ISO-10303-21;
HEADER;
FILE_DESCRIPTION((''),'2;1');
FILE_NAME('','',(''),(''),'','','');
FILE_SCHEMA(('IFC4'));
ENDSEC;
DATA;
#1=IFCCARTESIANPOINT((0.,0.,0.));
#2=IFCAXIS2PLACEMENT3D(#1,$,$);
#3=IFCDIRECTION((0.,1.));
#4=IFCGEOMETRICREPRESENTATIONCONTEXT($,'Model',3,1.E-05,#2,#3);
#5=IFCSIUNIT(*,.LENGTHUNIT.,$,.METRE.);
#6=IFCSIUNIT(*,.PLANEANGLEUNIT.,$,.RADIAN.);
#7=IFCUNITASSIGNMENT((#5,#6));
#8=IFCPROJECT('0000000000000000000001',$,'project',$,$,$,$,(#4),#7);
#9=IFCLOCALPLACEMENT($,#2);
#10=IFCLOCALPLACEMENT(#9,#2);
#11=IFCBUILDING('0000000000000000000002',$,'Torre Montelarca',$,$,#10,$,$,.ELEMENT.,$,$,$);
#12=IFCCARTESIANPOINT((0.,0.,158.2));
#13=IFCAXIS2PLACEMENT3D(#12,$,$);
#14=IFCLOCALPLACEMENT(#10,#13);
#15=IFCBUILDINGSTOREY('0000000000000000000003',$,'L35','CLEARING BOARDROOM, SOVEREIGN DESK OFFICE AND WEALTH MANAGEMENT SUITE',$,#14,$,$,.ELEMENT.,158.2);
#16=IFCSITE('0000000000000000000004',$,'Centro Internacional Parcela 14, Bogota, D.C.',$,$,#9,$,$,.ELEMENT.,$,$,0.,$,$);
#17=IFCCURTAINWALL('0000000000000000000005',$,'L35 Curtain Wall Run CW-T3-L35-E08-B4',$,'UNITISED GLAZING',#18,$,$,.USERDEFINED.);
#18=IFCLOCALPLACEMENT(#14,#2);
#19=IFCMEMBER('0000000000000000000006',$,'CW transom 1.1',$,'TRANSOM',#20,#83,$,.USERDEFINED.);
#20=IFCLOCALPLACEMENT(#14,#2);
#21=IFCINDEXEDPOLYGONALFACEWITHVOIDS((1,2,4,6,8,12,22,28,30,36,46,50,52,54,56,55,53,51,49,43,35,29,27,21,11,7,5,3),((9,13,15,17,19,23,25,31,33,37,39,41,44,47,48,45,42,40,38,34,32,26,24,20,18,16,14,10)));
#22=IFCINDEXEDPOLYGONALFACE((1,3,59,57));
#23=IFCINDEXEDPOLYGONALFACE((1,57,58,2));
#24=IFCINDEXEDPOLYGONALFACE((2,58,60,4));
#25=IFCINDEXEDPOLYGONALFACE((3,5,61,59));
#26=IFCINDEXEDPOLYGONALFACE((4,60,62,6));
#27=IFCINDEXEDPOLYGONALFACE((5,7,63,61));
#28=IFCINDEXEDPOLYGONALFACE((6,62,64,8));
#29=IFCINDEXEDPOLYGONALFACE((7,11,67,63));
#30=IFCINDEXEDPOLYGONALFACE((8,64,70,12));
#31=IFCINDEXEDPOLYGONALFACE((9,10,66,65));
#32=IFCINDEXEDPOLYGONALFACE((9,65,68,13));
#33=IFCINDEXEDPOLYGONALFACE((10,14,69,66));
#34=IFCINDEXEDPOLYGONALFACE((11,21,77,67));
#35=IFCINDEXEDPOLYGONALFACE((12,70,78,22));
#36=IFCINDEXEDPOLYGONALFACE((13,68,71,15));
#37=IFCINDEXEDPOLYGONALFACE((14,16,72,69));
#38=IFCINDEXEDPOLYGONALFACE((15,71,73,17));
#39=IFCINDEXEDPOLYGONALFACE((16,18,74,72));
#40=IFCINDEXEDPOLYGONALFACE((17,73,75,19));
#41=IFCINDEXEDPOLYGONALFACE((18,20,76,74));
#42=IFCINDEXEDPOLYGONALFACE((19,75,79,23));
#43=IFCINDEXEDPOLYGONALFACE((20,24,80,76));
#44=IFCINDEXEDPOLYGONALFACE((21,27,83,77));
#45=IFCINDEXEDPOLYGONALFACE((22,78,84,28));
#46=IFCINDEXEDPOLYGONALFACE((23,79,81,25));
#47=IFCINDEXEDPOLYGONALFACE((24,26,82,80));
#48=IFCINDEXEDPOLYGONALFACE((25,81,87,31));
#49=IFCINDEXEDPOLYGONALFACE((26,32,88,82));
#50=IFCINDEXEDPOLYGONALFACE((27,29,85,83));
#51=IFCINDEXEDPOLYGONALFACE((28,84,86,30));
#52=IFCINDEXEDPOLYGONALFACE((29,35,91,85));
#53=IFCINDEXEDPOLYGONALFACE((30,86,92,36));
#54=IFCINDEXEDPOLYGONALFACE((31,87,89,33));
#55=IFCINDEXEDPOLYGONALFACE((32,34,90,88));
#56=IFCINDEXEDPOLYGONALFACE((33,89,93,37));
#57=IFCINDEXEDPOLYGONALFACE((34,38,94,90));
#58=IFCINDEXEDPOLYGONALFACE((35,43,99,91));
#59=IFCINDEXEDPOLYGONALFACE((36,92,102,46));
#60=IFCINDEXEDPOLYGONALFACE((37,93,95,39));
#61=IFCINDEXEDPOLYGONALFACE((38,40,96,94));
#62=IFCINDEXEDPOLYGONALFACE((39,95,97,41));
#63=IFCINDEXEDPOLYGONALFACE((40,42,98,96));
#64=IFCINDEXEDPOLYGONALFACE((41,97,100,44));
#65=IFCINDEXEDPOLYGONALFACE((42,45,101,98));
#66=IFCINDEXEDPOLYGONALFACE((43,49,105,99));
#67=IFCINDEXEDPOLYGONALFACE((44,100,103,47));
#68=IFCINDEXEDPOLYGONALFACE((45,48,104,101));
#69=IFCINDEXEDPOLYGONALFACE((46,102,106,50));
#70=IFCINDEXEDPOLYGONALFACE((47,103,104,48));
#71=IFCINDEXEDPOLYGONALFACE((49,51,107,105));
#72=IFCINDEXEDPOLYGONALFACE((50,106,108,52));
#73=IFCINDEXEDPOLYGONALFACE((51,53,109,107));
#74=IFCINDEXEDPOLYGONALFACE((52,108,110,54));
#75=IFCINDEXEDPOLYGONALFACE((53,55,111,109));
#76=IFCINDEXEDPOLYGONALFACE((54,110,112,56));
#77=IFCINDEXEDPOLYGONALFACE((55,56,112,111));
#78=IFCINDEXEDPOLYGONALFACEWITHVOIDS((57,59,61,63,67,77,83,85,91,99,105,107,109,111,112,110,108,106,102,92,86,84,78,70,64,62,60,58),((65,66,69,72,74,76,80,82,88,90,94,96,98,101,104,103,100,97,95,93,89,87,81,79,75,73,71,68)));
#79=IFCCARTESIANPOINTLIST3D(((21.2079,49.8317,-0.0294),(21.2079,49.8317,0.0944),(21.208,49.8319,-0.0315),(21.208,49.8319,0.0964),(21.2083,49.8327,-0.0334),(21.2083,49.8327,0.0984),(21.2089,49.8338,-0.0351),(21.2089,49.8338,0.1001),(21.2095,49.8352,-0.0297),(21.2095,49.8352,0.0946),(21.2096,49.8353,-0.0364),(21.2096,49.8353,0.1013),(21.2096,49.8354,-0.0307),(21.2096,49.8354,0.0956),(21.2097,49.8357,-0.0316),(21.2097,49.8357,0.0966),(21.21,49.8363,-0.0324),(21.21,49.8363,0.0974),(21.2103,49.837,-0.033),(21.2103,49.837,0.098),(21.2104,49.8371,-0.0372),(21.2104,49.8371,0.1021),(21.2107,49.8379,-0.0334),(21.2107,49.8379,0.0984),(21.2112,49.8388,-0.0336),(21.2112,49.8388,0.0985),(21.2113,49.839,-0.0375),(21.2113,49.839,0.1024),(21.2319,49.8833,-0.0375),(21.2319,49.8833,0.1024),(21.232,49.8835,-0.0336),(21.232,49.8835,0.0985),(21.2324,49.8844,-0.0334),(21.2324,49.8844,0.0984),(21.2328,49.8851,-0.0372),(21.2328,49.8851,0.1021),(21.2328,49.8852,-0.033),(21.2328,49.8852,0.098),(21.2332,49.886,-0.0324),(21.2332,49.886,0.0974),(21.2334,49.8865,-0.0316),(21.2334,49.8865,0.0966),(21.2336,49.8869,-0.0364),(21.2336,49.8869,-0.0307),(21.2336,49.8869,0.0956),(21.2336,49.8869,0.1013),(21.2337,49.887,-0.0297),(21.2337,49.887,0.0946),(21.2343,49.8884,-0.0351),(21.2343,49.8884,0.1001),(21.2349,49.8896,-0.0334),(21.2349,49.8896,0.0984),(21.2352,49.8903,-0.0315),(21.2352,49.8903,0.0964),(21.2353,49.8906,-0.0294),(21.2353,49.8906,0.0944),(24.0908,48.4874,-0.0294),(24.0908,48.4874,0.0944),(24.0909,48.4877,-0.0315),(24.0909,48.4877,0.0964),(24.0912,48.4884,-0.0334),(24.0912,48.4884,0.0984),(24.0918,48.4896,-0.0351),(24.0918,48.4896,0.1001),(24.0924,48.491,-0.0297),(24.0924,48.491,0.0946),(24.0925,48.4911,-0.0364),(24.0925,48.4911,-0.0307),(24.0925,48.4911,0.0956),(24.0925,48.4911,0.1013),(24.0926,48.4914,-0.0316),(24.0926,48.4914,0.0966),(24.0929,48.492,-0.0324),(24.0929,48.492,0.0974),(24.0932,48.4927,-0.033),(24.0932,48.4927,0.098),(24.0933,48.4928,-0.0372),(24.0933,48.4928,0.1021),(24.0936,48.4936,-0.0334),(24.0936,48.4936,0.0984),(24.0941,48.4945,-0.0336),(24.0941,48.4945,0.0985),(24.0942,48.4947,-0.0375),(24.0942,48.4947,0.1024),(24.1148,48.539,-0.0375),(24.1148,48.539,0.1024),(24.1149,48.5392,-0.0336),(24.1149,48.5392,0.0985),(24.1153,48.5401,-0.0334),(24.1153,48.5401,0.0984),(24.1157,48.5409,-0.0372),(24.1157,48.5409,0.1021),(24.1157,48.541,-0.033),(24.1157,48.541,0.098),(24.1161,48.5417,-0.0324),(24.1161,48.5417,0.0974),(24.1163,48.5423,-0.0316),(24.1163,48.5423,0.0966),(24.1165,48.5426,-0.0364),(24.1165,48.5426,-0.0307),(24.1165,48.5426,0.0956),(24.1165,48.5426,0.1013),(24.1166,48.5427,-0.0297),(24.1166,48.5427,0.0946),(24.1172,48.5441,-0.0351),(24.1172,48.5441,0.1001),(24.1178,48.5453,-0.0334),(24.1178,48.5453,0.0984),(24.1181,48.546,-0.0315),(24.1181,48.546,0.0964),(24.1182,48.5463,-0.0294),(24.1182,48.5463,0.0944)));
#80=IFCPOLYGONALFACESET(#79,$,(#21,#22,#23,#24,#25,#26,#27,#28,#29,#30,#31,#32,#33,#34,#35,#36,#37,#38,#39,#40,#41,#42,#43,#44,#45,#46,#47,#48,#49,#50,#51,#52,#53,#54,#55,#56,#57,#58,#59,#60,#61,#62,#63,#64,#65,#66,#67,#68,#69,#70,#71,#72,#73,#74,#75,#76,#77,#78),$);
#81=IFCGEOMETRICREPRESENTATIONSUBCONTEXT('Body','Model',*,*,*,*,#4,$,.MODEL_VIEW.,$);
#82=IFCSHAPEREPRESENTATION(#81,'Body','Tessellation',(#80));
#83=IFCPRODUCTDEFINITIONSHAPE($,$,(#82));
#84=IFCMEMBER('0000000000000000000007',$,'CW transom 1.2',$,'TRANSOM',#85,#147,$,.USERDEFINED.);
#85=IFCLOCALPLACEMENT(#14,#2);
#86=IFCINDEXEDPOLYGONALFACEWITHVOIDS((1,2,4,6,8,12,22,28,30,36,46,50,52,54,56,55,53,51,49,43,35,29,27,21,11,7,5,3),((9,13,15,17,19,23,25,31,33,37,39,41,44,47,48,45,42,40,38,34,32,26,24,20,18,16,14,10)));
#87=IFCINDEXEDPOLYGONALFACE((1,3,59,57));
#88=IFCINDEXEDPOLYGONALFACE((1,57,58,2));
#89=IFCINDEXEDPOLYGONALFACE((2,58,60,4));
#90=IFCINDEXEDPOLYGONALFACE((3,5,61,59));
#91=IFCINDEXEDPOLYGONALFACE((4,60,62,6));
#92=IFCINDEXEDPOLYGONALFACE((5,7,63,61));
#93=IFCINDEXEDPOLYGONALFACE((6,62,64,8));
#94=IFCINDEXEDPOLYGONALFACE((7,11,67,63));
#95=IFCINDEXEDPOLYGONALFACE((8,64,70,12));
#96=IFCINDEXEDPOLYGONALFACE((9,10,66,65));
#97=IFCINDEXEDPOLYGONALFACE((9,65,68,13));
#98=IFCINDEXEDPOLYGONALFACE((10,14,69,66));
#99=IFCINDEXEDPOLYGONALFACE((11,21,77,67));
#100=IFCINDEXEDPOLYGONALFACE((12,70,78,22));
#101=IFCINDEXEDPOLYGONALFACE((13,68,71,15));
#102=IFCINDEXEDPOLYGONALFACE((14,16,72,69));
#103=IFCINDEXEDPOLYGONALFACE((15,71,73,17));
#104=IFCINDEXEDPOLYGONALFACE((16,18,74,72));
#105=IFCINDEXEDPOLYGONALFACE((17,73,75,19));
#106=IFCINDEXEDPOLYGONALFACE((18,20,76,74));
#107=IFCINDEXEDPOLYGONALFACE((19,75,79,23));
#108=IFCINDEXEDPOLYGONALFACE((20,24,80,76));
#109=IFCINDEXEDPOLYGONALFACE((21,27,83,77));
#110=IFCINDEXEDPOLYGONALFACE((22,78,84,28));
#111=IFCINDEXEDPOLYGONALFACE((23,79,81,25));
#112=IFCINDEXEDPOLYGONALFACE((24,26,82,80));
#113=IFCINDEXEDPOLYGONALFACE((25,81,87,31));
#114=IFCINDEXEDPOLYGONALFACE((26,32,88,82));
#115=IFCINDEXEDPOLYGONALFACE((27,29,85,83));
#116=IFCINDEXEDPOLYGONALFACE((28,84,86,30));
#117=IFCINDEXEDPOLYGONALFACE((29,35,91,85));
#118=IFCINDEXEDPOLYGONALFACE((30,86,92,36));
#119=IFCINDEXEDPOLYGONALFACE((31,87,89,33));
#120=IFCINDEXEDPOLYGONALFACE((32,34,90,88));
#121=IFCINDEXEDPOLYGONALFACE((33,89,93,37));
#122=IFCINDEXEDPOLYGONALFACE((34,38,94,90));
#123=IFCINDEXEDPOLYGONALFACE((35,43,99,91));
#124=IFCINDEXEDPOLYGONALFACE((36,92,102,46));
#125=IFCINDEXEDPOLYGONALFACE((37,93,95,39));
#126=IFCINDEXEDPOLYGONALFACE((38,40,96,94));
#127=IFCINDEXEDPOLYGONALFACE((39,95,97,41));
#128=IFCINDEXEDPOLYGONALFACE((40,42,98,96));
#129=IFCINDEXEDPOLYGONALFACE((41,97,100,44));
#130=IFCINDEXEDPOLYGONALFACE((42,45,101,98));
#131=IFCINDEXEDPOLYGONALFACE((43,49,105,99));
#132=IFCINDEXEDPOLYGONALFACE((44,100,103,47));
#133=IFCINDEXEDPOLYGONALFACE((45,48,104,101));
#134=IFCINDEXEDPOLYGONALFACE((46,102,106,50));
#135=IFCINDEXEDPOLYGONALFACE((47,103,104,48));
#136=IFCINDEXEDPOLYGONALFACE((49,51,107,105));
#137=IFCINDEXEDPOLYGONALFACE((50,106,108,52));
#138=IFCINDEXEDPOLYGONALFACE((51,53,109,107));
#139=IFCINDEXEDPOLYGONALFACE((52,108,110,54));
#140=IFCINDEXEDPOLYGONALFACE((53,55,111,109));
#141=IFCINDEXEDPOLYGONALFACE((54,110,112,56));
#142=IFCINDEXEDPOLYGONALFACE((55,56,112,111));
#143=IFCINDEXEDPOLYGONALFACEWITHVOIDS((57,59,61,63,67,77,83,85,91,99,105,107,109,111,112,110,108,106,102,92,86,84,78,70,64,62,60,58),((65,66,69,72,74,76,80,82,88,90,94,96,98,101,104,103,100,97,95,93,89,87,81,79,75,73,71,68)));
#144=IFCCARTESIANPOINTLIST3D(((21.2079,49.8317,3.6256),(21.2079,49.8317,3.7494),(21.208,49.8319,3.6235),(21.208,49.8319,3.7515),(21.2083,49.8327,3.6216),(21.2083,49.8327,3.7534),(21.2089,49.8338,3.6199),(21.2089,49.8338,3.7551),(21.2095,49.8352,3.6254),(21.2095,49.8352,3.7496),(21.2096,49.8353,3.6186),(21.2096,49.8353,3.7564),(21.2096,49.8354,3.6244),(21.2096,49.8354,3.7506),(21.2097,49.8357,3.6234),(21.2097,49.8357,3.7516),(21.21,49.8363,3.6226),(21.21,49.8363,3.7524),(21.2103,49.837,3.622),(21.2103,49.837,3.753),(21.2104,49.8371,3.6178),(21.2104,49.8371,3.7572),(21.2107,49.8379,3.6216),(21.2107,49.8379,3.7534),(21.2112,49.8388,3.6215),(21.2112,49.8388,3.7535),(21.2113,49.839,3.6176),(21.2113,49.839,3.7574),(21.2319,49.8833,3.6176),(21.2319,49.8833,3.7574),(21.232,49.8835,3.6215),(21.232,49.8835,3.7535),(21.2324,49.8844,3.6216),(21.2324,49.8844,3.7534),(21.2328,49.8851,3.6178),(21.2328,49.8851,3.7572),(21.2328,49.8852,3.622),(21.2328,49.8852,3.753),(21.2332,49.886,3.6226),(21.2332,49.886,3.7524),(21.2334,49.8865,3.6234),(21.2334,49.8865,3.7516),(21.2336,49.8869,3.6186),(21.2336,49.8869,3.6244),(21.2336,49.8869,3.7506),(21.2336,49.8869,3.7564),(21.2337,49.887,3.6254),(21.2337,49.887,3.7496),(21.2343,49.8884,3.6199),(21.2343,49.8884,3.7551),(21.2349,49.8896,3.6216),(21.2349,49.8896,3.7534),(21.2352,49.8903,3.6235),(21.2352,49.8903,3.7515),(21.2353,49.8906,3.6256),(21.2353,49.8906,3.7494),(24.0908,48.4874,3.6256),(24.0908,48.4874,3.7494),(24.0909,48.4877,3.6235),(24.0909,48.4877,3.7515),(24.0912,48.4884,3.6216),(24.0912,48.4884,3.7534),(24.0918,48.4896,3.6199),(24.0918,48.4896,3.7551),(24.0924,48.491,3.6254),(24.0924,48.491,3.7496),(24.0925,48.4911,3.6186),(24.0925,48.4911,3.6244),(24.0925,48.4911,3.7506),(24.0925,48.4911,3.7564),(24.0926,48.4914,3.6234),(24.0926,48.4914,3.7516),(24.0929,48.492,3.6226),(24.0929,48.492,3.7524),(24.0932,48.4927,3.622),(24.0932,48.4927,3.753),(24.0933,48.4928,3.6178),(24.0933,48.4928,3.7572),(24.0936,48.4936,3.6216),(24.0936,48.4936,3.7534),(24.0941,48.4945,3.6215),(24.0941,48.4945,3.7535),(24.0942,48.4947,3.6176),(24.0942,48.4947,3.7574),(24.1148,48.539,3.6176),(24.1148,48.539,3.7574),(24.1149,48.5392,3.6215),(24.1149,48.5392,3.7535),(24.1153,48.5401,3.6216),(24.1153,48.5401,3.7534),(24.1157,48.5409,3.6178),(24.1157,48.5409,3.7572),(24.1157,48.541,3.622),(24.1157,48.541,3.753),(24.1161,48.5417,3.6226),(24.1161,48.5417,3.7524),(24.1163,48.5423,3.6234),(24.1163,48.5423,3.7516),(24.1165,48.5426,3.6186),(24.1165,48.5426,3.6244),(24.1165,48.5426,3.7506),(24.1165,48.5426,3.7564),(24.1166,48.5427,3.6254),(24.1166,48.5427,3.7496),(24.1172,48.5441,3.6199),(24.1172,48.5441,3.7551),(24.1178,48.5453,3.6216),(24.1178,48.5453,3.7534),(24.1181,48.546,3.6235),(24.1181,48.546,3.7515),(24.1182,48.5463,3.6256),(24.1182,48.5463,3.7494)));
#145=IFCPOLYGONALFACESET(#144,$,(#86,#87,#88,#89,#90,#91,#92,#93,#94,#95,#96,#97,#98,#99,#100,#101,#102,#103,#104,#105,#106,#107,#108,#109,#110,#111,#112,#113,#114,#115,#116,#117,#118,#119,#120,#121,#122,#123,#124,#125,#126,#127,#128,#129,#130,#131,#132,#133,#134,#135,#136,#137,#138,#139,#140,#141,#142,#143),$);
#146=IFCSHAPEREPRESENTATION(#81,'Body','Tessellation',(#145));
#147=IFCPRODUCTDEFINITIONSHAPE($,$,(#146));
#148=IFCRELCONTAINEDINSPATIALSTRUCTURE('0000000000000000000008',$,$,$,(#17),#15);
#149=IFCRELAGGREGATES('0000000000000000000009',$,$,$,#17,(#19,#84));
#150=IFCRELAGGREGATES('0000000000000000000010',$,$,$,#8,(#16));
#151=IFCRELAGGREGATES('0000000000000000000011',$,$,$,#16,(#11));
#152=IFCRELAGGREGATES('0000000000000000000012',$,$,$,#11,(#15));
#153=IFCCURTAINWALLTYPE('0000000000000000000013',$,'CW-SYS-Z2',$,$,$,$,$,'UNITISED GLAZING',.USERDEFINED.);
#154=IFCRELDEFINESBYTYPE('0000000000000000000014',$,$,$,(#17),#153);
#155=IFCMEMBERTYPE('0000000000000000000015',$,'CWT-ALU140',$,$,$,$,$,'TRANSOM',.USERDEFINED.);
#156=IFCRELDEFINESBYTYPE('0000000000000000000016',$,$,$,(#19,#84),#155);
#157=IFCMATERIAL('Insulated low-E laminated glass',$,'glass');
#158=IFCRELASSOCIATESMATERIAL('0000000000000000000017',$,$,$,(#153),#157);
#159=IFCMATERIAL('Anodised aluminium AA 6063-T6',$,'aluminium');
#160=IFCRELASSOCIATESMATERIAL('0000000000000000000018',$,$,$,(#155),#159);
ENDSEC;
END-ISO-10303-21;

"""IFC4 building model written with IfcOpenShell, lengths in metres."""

from ifc_helpers import new_model, si_unit, direction, frame, origin, origin_2d, place, context, subcontext, project, spatial, hollow_rectangle, extrude, source, transform, mapped, material, material_profile, profile_set, type_object, element, aggregate, save


model = new_model("IFC4")

# Units and contexts
model_context = context("Model", 3, precision=1e-05, world=origin(), true_north=direction((0.0, 1.0)))
body_context = subcontext(model_context, "Body", "Model", "MODEL_VIEW")
ifc_project = project(units=[si_unit("LENGTHUNIT", "METRE"), si_unit("PLANEANGLEUNIT", "RADIAN")], contexts=[model_context])

# Site, building, storey
site_placement = place(None, origin())
site = spatial("IfcSite", under=ifc_project, at=site_placement, Name="Centro Internacional Parcela 14, Bogota, D.C.", CompositionType="ELEMENT", RefElevation=0.0)
building_placement = place(site_placement, origin())
building = spatial("IfcBuilding", under=site, at=building_placement, Name="Torre Montelarca", CompositionType="ELEMENT")
storey_placement = place(building_placement, frame((0.0, 0.0, 158.2)))
storey = spatial("IfcBuildingStorey", under=building, at=storey_placement, Name="L35", Description="CLEARING BOARDROOM, SOVEREIGN DESK OFFICE AND WEALTH MANAGEMENT SUITE", CompositionType="ELEMENT", Elevation=158.2)

# Shared definitions
ifc_material_1 = material(Name="Insulated low-E laminated glass", Category="glass")
curtain_wall_type = type_object("IfcCurtainWallType", Name="CW-SYS-Z2", ElementType="UNITISED GLAZING", PredefinedType="USERDEFINED", material=ifc_material_1)
ifc_material_2 = material(Name="Anodised aluminium AA 6063-T6", Category="aluminium")

# Curtain wall
curtain_wall_1_placement = place(storey_placement, origin())
curtain_wall_1 = element("IfcCurtainWall", 1, at=curtain_wall_1_placement, inside=storey, type_object=curtain_wall_type, Name="L35 Curtain Wall Run CW-T3-L35-E08-B4", ObjectType="UNITISED GLAZING", PredefinedType="USERDEFINED")

# Members
ifc_material_profile_1 = material_profile(ifc_material_2, hollow_rectangle(XDim=0.0649, YDim=0.1399, WallThickness=0.0039, InnerFilletRadius=0.0039, OuterFilletRadius=0.0081, at=origin_2d()), Name="ALU65X140X4", Category="aluminium")
ifc_profile_set_1 = profile_set([ifc_material_profile_1], Name="Anodised aluminium AA 6063-T6")
member_type_1 = type_object("IfcMemberType", Name="CWT-ALU140", ElementType="TRANSOM", PredefinedType="USERDEFINED", material=ifc_profile_set_1)
shared_shape_1 = source(origin(), body_context, "Body", "SweptSolid", [
    extrude(hollow_rectangle(XDim=0.0649, YDim=0.1399, WallThickness=0.0039, InnerFilletRadius=0.0039, OuterFilletRadius=0.0081, at=origin_2d()), origin(), (0.0, 0.0, 1.0), 3.1809),
])
member_1_placement = place(storey_placement, frame((24.1045, 48.5168, 0.0325), z_axis=(-0.906313, 0.422608, 0.0), x_axis=(-0.422608, -0.906313, 0.0)))
member_1 = element("IfcMember", 2, at=member_1_placement, type_object=member_type_1, Name="CW transom 1.1", ObjectType="TRANSOM", PredefinedType="USERDEFINED", context=body_context, shape_type="MappedRepresentation", body=[
    mapped(shared_shape_1, transform((0.0, 0.0, 0.0), scale=1.0)),
])
member_2_placement = place(storey_placement, frame((24.1045, 48.5168, 3.6875), z_axis=(-0.906313, 0.422608, 0.0), x_axis=(-0.422608, -0.906313, 0.0)))
member_2 = element("IfcMember", 3, at=member_2_placement, type_object=member_type_1, Name="CW transom 1.2", ObjectType="TRANSOM", PredefinedType="USERDEFINED", context=body_context, shape_type="MappedRepresentation", body=[
    mapped(shared_shape_1, transform((0.0, 0.0, 0.0), scale=1.0)),
])
aggregate(curtain_wall_1, [member_1, member_2])

save(model, "model.ifc")
